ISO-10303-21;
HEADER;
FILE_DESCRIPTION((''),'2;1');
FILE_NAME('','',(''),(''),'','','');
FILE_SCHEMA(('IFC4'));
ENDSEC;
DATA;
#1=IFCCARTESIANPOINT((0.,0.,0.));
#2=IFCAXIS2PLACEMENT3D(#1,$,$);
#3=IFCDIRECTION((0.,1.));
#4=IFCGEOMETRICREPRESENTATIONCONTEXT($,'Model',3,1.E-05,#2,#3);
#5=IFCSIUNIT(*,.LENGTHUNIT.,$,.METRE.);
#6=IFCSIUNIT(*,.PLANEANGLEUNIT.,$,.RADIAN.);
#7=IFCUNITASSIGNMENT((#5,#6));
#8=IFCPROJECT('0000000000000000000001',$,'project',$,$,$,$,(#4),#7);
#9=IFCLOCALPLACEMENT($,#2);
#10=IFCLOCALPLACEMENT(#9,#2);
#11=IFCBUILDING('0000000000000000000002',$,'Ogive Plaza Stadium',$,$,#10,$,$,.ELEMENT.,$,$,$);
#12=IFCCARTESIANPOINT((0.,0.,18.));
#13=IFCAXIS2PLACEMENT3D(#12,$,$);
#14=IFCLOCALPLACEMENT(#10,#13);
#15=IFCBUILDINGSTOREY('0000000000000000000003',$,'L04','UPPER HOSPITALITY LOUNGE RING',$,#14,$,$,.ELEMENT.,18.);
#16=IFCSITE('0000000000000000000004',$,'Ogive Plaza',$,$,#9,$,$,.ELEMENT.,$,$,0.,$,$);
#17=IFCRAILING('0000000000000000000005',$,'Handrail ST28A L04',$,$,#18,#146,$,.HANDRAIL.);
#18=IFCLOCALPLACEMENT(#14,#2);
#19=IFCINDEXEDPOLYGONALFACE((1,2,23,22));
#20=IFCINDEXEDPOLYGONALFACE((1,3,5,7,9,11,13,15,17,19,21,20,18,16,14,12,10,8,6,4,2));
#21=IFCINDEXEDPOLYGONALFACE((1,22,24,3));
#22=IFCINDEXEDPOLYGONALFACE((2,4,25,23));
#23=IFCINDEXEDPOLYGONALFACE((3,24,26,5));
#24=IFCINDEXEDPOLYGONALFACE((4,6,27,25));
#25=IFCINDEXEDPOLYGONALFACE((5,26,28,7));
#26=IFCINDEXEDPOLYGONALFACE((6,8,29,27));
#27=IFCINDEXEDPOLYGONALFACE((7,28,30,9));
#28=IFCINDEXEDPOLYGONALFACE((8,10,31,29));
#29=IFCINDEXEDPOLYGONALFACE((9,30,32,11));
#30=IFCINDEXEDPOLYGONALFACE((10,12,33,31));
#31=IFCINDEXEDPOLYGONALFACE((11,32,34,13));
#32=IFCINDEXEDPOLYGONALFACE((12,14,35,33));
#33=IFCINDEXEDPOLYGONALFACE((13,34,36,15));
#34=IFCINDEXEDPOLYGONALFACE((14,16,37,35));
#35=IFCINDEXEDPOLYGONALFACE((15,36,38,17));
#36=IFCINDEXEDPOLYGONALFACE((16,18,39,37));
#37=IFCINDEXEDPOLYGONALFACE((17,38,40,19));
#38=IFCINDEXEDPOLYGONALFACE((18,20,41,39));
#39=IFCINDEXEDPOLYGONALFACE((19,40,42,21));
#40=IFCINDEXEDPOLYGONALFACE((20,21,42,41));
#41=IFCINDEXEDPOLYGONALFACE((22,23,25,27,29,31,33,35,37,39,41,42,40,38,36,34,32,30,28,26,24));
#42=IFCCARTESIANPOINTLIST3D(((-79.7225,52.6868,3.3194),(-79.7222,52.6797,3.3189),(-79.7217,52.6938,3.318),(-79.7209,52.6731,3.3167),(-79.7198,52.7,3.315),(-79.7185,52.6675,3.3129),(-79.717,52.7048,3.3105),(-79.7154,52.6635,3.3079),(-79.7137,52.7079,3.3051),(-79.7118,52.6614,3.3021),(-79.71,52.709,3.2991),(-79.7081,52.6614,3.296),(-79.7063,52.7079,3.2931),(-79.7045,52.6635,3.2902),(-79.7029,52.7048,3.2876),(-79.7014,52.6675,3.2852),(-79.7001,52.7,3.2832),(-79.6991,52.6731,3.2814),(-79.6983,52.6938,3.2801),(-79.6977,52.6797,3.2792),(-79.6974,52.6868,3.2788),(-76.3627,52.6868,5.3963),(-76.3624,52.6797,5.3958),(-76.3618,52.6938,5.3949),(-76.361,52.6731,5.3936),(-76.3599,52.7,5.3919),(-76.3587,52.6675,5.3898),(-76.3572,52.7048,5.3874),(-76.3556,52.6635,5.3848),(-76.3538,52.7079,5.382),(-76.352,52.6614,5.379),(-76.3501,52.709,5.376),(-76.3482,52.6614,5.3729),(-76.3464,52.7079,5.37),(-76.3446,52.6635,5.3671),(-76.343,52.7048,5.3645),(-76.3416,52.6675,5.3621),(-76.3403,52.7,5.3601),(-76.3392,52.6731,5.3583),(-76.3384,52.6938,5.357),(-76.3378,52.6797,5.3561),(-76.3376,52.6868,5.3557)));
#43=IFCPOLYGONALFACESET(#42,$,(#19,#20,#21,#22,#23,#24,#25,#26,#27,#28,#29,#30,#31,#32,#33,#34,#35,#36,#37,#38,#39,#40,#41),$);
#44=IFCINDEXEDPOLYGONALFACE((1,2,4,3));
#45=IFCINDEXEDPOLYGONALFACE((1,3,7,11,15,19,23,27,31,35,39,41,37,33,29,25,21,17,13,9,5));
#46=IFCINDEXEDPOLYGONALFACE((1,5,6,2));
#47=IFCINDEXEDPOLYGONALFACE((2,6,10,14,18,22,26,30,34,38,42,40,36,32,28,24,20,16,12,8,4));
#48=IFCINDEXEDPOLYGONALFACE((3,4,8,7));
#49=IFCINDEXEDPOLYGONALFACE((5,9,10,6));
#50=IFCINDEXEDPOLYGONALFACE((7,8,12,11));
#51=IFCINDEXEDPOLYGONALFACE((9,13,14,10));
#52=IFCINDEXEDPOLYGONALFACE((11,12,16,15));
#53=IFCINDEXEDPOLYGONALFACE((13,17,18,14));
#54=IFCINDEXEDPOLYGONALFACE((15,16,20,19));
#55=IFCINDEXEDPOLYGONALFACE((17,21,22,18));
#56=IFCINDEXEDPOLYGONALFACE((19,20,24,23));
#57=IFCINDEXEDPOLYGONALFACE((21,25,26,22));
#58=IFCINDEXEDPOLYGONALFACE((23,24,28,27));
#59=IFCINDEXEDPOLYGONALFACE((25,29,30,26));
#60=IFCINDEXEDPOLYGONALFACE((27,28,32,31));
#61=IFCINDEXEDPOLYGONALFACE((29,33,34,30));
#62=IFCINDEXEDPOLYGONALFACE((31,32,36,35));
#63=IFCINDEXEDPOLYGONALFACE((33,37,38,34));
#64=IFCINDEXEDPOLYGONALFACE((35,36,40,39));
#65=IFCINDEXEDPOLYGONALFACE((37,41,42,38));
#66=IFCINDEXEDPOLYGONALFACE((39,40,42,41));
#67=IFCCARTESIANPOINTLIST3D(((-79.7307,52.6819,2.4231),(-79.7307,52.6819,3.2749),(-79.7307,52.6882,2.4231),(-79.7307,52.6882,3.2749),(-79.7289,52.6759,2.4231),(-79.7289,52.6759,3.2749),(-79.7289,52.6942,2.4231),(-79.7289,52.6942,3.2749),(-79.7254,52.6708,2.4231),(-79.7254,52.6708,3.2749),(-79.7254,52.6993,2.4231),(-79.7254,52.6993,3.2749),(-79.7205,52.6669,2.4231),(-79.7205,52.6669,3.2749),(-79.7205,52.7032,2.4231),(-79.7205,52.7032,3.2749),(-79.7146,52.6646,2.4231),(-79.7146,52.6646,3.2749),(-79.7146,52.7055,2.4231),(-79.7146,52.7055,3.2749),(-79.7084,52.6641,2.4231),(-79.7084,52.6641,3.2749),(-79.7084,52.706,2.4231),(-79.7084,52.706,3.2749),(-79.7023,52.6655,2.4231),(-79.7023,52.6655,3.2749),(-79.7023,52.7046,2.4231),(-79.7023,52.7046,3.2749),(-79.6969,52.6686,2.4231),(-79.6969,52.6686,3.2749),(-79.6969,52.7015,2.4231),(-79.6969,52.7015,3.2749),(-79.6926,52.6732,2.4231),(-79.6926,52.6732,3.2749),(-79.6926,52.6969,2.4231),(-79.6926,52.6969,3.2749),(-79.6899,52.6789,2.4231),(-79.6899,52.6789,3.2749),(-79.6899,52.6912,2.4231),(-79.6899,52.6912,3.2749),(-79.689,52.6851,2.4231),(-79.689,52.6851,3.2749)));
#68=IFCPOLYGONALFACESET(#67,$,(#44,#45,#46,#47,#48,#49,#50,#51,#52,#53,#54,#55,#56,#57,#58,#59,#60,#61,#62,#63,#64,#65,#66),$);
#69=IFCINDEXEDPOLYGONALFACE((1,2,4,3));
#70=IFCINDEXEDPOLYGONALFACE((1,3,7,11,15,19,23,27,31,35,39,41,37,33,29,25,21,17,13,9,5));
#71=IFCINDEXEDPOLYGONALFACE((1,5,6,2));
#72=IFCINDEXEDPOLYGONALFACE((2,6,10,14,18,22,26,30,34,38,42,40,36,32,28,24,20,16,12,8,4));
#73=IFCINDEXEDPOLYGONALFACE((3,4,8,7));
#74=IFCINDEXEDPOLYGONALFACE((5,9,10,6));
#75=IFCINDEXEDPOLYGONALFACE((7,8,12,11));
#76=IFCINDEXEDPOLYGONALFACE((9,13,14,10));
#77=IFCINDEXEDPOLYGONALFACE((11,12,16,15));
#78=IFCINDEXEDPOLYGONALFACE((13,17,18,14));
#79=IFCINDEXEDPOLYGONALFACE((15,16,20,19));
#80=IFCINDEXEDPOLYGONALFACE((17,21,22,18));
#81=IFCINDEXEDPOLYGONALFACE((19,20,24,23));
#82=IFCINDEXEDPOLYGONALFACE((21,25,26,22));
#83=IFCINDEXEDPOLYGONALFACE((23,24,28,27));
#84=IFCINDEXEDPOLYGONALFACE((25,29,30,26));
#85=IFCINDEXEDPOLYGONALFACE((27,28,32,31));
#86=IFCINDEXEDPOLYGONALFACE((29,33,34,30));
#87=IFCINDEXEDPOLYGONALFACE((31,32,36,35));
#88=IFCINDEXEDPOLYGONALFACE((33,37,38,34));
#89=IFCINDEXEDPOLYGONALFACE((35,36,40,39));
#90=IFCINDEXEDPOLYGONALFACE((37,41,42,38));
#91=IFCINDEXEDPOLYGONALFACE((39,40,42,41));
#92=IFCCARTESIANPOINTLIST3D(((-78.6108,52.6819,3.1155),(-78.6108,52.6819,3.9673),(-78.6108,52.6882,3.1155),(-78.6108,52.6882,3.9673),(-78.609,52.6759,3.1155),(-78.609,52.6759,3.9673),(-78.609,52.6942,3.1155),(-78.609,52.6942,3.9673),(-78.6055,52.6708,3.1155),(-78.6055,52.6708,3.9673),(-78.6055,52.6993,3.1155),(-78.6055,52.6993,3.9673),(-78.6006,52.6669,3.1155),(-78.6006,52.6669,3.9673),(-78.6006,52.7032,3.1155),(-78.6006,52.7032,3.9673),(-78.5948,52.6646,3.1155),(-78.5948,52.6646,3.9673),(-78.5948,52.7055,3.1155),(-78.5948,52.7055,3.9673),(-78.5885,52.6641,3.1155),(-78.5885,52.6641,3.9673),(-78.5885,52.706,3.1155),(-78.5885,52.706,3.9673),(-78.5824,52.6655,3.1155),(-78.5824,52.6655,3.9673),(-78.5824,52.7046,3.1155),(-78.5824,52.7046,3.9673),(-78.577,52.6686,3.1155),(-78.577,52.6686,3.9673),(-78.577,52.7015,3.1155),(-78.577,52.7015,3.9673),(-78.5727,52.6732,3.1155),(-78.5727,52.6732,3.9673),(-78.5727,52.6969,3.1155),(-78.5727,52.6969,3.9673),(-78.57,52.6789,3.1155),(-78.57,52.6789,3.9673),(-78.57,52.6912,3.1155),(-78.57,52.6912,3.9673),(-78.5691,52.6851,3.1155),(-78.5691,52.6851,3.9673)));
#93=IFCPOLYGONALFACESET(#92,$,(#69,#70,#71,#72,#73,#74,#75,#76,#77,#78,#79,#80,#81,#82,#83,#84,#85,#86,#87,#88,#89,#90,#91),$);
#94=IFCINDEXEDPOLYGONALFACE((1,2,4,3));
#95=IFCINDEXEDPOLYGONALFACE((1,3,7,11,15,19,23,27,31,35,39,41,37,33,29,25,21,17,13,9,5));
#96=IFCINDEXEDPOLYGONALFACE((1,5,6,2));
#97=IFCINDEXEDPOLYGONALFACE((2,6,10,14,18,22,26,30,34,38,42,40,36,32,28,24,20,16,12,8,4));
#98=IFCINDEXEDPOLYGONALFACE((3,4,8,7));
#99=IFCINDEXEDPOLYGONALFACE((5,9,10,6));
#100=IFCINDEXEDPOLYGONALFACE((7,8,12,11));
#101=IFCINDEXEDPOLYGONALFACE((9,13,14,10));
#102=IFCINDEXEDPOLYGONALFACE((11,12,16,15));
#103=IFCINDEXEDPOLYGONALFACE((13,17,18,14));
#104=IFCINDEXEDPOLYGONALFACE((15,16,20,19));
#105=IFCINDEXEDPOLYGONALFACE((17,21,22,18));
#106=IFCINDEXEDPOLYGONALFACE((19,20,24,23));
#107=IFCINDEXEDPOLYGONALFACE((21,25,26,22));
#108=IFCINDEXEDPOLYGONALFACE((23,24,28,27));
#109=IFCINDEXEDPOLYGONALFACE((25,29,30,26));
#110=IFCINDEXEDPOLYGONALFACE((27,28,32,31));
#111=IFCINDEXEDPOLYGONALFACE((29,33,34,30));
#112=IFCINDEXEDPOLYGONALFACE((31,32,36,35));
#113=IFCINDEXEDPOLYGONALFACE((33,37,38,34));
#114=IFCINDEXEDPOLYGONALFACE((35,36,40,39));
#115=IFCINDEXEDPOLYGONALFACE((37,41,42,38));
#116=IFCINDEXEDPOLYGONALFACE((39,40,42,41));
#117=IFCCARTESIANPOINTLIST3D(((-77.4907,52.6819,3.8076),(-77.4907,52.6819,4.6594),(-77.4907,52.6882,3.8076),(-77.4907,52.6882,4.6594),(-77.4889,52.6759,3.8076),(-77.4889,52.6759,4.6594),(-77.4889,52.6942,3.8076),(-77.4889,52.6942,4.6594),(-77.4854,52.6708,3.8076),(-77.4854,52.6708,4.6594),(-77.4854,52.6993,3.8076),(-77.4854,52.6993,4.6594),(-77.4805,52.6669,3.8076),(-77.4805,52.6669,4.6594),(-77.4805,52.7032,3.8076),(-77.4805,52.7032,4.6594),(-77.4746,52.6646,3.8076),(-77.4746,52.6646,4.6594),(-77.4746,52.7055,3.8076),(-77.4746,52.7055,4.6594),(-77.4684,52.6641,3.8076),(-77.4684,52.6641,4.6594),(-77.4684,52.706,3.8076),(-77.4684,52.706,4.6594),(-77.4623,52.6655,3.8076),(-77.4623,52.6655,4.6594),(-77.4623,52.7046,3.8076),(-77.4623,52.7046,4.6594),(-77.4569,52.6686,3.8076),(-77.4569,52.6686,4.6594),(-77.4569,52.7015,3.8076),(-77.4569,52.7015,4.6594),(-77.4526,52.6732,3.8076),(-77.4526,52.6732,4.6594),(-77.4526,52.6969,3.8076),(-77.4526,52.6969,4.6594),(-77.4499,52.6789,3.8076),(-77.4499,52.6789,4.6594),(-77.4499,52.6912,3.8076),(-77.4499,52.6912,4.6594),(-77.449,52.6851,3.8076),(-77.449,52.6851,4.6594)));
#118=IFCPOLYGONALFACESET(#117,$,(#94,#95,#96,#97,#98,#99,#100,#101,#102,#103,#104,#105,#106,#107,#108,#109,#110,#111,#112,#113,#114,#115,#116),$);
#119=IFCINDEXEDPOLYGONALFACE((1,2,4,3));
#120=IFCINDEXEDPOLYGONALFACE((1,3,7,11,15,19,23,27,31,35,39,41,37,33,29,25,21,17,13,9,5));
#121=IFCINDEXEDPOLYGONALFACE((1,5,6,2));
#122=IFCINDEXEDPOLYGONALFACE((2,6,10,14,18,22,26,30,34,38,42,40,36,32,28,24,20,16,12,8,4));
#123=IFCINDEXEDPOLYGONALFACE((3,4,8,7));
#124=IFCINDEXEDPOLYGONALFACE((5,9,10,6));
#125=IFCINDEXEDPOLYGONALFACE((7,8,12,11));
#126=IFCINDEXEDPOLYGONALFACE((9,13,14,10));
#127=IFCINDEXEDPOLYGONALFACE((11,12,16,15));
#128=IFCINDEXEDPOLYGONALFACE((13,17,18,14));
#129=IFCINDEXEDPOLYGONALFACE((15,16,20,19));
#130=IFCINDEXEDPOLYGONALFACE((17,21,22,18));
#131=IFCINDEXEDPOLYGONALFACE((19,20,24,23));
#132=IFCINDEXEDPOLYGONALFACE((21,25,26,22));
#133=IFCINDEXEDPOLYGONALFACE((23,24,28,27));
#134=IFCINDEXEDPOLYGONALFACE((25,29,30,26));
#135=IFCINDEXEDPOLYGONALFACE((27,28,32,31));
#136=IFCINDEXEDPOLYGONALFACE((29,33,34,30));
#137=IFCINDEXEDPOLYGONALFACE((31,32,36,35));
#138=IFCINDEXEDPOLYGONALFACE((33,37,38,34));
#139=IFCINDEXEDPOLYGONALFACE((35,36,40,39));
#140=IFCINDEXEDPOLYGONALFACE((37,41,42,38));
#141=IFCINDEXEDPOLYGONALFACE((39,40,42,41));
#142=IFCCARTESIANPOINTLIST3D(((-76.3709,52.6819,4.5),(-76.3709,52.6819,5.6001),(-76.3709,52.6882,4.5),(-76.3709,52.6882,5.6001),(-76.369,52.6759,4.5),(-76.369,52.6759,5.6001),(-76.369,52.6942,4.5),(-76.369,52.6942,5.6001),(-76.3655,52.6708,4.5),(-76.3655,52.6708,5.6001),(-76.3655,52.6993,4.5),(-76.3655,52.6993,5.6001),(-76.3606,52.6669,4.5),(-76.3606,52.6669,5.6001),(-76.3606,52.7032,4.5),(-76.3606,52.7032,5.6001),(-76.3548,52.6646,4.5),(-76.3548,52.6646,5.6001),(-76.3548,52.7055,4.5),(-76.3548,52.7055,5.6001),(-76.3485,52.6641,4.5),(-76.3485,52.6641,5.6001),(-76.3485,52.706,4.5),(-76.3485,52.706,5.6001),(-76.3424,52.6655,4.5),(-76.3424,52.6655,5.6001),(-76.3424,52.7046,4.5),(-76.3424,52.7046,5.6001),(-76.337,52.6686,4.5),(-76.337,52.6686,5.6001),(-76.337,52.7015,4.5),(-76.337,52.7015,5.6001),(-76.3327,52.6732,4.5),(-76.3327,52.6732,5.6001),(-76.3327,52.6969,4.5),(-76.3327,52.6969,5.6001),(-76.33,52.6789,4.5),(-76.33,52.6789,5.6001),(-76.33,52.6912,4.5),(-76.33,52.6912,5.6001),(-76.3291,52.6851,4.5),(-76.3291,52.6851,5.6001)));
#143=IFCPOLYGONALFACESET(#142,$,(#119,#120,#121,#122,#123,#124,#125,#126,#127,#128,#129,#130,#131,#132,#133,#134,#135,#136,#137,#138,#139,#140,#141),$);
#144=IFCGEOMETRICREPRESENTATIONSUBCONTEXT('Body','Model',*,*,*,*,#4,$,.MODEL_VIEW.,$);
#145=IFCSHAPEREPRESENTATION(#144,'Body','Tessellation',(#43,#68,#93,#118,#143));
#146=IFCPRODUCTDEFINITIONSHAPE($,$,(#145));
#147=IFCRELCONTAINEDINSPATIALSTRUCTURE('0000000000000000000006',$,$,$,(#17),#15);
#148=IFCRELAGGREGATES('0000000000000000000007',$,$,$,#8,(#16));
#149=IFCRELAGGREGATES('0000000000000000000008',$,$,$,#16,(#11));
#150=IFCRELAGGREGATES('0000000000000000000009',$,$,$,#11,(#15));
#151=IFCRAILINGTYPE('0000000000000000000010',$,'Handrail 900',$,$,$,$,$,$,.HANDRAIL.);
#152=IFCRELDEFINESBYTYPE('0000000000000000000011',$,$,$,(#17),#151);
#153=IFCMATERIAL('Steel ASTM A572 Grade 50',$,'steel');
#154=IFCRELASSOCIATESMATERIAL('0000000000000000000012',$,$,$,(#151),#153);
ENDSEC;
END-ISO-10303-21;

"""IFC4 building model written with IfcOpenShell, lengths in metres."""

from ifc_helpers import new_model, si_unit, direction, frame, origin, origin_2d, place, context, subcontext, project, spatial, circle, extrude, material, type_object, element, save


model = new_model("IFC4")

# Units and contexts
model_context = context("Model", 3, precision=1e-05, world=origin(), true_north=direction((0.0, 1.0)))
body_context = subcontext(model_context, "Body", "Model", "MODEL_VIEW")
ifc_project = project(units=[si_unit("LENGTHUNIT", "METRE"), si_unit("PLANEANGLEUNIT", "RADIAN")], contexts=[model_context])

# Site, building, storey
site_placement = place(None, origin())
site = spatial("IfcSite", under=ifc_project, at=site_placement, Name="Ogive Plaza", CompositionType="ELEMENT", RefElevation=0.0)
building_placement = place(site_placement, origin())
building = spatial("IfcBuilding", under=site, at=building_placement, Name="Ogive Plaza Stadium", CompositionType="ELEMENT")
storey_placement = place(building_placement, frame((0.0, 0.0, 18.0)))
storey = spatial("IfcBuildingStorey", under=building, at=storey_placement, Name="L04", Description="UPPER HOSPITALITY LOUNGE RING", CompositionType="ELEMENT", Elevation=18.0)

# Railing
ifc_material_1 = material(Name="Steel ASTM A572 Grade 50", Category="steel")
railing_type_1 = type_object("IfcRailingType", Name="Handrail 900", PredefinedType="HANDRAIL", material=ifc_material_1)
for number, where, name in (
    (1, (-79.71, 52.6851, 2.4231), "Handrail ST28A L04"),
):
    element("IfcRailing", number, at=place(storey_placement, frame(where)), inside=storey, type_object=railing_type_1, Name=name, PredefinedType="HANDRAIL", context=body_context, shape_type="SweptSolid", body=[
        extrude(circle(Radius=0.0239, at=origin_2d()), frame((0.0, 0.0, 0.876), z_axis=(0.850606, 0.0, 0.525803), x_axis=(0.0, 1.0, 0.0)), (0.0, 0.0, 1.0), 3.95),
        extrude(circle(Radius=0.021, at=origin_2d()), origin(), (0.0, 0.0, 1.0), 0.8518),
        extrude(circle(Radius=0.021, at=origin_2d()), frame((1.1199, 0.0, 0.6924)), (0.0, 0.0, 1.0), 0.8518),
        extrude(circle(Radius=0.021, at=origin_2d()), frame((2.24, 0.0, 1.3845)), (0.0, 0.0, 1.0), 0.8518),
        extrude(circle(Radius=0.021, at=origin_2d()), frame((3.3599, 0.0, 2.0769)), (0.0, 0.0, 1.0), 1.1001),
    ])

save(model, "model.ifc")
